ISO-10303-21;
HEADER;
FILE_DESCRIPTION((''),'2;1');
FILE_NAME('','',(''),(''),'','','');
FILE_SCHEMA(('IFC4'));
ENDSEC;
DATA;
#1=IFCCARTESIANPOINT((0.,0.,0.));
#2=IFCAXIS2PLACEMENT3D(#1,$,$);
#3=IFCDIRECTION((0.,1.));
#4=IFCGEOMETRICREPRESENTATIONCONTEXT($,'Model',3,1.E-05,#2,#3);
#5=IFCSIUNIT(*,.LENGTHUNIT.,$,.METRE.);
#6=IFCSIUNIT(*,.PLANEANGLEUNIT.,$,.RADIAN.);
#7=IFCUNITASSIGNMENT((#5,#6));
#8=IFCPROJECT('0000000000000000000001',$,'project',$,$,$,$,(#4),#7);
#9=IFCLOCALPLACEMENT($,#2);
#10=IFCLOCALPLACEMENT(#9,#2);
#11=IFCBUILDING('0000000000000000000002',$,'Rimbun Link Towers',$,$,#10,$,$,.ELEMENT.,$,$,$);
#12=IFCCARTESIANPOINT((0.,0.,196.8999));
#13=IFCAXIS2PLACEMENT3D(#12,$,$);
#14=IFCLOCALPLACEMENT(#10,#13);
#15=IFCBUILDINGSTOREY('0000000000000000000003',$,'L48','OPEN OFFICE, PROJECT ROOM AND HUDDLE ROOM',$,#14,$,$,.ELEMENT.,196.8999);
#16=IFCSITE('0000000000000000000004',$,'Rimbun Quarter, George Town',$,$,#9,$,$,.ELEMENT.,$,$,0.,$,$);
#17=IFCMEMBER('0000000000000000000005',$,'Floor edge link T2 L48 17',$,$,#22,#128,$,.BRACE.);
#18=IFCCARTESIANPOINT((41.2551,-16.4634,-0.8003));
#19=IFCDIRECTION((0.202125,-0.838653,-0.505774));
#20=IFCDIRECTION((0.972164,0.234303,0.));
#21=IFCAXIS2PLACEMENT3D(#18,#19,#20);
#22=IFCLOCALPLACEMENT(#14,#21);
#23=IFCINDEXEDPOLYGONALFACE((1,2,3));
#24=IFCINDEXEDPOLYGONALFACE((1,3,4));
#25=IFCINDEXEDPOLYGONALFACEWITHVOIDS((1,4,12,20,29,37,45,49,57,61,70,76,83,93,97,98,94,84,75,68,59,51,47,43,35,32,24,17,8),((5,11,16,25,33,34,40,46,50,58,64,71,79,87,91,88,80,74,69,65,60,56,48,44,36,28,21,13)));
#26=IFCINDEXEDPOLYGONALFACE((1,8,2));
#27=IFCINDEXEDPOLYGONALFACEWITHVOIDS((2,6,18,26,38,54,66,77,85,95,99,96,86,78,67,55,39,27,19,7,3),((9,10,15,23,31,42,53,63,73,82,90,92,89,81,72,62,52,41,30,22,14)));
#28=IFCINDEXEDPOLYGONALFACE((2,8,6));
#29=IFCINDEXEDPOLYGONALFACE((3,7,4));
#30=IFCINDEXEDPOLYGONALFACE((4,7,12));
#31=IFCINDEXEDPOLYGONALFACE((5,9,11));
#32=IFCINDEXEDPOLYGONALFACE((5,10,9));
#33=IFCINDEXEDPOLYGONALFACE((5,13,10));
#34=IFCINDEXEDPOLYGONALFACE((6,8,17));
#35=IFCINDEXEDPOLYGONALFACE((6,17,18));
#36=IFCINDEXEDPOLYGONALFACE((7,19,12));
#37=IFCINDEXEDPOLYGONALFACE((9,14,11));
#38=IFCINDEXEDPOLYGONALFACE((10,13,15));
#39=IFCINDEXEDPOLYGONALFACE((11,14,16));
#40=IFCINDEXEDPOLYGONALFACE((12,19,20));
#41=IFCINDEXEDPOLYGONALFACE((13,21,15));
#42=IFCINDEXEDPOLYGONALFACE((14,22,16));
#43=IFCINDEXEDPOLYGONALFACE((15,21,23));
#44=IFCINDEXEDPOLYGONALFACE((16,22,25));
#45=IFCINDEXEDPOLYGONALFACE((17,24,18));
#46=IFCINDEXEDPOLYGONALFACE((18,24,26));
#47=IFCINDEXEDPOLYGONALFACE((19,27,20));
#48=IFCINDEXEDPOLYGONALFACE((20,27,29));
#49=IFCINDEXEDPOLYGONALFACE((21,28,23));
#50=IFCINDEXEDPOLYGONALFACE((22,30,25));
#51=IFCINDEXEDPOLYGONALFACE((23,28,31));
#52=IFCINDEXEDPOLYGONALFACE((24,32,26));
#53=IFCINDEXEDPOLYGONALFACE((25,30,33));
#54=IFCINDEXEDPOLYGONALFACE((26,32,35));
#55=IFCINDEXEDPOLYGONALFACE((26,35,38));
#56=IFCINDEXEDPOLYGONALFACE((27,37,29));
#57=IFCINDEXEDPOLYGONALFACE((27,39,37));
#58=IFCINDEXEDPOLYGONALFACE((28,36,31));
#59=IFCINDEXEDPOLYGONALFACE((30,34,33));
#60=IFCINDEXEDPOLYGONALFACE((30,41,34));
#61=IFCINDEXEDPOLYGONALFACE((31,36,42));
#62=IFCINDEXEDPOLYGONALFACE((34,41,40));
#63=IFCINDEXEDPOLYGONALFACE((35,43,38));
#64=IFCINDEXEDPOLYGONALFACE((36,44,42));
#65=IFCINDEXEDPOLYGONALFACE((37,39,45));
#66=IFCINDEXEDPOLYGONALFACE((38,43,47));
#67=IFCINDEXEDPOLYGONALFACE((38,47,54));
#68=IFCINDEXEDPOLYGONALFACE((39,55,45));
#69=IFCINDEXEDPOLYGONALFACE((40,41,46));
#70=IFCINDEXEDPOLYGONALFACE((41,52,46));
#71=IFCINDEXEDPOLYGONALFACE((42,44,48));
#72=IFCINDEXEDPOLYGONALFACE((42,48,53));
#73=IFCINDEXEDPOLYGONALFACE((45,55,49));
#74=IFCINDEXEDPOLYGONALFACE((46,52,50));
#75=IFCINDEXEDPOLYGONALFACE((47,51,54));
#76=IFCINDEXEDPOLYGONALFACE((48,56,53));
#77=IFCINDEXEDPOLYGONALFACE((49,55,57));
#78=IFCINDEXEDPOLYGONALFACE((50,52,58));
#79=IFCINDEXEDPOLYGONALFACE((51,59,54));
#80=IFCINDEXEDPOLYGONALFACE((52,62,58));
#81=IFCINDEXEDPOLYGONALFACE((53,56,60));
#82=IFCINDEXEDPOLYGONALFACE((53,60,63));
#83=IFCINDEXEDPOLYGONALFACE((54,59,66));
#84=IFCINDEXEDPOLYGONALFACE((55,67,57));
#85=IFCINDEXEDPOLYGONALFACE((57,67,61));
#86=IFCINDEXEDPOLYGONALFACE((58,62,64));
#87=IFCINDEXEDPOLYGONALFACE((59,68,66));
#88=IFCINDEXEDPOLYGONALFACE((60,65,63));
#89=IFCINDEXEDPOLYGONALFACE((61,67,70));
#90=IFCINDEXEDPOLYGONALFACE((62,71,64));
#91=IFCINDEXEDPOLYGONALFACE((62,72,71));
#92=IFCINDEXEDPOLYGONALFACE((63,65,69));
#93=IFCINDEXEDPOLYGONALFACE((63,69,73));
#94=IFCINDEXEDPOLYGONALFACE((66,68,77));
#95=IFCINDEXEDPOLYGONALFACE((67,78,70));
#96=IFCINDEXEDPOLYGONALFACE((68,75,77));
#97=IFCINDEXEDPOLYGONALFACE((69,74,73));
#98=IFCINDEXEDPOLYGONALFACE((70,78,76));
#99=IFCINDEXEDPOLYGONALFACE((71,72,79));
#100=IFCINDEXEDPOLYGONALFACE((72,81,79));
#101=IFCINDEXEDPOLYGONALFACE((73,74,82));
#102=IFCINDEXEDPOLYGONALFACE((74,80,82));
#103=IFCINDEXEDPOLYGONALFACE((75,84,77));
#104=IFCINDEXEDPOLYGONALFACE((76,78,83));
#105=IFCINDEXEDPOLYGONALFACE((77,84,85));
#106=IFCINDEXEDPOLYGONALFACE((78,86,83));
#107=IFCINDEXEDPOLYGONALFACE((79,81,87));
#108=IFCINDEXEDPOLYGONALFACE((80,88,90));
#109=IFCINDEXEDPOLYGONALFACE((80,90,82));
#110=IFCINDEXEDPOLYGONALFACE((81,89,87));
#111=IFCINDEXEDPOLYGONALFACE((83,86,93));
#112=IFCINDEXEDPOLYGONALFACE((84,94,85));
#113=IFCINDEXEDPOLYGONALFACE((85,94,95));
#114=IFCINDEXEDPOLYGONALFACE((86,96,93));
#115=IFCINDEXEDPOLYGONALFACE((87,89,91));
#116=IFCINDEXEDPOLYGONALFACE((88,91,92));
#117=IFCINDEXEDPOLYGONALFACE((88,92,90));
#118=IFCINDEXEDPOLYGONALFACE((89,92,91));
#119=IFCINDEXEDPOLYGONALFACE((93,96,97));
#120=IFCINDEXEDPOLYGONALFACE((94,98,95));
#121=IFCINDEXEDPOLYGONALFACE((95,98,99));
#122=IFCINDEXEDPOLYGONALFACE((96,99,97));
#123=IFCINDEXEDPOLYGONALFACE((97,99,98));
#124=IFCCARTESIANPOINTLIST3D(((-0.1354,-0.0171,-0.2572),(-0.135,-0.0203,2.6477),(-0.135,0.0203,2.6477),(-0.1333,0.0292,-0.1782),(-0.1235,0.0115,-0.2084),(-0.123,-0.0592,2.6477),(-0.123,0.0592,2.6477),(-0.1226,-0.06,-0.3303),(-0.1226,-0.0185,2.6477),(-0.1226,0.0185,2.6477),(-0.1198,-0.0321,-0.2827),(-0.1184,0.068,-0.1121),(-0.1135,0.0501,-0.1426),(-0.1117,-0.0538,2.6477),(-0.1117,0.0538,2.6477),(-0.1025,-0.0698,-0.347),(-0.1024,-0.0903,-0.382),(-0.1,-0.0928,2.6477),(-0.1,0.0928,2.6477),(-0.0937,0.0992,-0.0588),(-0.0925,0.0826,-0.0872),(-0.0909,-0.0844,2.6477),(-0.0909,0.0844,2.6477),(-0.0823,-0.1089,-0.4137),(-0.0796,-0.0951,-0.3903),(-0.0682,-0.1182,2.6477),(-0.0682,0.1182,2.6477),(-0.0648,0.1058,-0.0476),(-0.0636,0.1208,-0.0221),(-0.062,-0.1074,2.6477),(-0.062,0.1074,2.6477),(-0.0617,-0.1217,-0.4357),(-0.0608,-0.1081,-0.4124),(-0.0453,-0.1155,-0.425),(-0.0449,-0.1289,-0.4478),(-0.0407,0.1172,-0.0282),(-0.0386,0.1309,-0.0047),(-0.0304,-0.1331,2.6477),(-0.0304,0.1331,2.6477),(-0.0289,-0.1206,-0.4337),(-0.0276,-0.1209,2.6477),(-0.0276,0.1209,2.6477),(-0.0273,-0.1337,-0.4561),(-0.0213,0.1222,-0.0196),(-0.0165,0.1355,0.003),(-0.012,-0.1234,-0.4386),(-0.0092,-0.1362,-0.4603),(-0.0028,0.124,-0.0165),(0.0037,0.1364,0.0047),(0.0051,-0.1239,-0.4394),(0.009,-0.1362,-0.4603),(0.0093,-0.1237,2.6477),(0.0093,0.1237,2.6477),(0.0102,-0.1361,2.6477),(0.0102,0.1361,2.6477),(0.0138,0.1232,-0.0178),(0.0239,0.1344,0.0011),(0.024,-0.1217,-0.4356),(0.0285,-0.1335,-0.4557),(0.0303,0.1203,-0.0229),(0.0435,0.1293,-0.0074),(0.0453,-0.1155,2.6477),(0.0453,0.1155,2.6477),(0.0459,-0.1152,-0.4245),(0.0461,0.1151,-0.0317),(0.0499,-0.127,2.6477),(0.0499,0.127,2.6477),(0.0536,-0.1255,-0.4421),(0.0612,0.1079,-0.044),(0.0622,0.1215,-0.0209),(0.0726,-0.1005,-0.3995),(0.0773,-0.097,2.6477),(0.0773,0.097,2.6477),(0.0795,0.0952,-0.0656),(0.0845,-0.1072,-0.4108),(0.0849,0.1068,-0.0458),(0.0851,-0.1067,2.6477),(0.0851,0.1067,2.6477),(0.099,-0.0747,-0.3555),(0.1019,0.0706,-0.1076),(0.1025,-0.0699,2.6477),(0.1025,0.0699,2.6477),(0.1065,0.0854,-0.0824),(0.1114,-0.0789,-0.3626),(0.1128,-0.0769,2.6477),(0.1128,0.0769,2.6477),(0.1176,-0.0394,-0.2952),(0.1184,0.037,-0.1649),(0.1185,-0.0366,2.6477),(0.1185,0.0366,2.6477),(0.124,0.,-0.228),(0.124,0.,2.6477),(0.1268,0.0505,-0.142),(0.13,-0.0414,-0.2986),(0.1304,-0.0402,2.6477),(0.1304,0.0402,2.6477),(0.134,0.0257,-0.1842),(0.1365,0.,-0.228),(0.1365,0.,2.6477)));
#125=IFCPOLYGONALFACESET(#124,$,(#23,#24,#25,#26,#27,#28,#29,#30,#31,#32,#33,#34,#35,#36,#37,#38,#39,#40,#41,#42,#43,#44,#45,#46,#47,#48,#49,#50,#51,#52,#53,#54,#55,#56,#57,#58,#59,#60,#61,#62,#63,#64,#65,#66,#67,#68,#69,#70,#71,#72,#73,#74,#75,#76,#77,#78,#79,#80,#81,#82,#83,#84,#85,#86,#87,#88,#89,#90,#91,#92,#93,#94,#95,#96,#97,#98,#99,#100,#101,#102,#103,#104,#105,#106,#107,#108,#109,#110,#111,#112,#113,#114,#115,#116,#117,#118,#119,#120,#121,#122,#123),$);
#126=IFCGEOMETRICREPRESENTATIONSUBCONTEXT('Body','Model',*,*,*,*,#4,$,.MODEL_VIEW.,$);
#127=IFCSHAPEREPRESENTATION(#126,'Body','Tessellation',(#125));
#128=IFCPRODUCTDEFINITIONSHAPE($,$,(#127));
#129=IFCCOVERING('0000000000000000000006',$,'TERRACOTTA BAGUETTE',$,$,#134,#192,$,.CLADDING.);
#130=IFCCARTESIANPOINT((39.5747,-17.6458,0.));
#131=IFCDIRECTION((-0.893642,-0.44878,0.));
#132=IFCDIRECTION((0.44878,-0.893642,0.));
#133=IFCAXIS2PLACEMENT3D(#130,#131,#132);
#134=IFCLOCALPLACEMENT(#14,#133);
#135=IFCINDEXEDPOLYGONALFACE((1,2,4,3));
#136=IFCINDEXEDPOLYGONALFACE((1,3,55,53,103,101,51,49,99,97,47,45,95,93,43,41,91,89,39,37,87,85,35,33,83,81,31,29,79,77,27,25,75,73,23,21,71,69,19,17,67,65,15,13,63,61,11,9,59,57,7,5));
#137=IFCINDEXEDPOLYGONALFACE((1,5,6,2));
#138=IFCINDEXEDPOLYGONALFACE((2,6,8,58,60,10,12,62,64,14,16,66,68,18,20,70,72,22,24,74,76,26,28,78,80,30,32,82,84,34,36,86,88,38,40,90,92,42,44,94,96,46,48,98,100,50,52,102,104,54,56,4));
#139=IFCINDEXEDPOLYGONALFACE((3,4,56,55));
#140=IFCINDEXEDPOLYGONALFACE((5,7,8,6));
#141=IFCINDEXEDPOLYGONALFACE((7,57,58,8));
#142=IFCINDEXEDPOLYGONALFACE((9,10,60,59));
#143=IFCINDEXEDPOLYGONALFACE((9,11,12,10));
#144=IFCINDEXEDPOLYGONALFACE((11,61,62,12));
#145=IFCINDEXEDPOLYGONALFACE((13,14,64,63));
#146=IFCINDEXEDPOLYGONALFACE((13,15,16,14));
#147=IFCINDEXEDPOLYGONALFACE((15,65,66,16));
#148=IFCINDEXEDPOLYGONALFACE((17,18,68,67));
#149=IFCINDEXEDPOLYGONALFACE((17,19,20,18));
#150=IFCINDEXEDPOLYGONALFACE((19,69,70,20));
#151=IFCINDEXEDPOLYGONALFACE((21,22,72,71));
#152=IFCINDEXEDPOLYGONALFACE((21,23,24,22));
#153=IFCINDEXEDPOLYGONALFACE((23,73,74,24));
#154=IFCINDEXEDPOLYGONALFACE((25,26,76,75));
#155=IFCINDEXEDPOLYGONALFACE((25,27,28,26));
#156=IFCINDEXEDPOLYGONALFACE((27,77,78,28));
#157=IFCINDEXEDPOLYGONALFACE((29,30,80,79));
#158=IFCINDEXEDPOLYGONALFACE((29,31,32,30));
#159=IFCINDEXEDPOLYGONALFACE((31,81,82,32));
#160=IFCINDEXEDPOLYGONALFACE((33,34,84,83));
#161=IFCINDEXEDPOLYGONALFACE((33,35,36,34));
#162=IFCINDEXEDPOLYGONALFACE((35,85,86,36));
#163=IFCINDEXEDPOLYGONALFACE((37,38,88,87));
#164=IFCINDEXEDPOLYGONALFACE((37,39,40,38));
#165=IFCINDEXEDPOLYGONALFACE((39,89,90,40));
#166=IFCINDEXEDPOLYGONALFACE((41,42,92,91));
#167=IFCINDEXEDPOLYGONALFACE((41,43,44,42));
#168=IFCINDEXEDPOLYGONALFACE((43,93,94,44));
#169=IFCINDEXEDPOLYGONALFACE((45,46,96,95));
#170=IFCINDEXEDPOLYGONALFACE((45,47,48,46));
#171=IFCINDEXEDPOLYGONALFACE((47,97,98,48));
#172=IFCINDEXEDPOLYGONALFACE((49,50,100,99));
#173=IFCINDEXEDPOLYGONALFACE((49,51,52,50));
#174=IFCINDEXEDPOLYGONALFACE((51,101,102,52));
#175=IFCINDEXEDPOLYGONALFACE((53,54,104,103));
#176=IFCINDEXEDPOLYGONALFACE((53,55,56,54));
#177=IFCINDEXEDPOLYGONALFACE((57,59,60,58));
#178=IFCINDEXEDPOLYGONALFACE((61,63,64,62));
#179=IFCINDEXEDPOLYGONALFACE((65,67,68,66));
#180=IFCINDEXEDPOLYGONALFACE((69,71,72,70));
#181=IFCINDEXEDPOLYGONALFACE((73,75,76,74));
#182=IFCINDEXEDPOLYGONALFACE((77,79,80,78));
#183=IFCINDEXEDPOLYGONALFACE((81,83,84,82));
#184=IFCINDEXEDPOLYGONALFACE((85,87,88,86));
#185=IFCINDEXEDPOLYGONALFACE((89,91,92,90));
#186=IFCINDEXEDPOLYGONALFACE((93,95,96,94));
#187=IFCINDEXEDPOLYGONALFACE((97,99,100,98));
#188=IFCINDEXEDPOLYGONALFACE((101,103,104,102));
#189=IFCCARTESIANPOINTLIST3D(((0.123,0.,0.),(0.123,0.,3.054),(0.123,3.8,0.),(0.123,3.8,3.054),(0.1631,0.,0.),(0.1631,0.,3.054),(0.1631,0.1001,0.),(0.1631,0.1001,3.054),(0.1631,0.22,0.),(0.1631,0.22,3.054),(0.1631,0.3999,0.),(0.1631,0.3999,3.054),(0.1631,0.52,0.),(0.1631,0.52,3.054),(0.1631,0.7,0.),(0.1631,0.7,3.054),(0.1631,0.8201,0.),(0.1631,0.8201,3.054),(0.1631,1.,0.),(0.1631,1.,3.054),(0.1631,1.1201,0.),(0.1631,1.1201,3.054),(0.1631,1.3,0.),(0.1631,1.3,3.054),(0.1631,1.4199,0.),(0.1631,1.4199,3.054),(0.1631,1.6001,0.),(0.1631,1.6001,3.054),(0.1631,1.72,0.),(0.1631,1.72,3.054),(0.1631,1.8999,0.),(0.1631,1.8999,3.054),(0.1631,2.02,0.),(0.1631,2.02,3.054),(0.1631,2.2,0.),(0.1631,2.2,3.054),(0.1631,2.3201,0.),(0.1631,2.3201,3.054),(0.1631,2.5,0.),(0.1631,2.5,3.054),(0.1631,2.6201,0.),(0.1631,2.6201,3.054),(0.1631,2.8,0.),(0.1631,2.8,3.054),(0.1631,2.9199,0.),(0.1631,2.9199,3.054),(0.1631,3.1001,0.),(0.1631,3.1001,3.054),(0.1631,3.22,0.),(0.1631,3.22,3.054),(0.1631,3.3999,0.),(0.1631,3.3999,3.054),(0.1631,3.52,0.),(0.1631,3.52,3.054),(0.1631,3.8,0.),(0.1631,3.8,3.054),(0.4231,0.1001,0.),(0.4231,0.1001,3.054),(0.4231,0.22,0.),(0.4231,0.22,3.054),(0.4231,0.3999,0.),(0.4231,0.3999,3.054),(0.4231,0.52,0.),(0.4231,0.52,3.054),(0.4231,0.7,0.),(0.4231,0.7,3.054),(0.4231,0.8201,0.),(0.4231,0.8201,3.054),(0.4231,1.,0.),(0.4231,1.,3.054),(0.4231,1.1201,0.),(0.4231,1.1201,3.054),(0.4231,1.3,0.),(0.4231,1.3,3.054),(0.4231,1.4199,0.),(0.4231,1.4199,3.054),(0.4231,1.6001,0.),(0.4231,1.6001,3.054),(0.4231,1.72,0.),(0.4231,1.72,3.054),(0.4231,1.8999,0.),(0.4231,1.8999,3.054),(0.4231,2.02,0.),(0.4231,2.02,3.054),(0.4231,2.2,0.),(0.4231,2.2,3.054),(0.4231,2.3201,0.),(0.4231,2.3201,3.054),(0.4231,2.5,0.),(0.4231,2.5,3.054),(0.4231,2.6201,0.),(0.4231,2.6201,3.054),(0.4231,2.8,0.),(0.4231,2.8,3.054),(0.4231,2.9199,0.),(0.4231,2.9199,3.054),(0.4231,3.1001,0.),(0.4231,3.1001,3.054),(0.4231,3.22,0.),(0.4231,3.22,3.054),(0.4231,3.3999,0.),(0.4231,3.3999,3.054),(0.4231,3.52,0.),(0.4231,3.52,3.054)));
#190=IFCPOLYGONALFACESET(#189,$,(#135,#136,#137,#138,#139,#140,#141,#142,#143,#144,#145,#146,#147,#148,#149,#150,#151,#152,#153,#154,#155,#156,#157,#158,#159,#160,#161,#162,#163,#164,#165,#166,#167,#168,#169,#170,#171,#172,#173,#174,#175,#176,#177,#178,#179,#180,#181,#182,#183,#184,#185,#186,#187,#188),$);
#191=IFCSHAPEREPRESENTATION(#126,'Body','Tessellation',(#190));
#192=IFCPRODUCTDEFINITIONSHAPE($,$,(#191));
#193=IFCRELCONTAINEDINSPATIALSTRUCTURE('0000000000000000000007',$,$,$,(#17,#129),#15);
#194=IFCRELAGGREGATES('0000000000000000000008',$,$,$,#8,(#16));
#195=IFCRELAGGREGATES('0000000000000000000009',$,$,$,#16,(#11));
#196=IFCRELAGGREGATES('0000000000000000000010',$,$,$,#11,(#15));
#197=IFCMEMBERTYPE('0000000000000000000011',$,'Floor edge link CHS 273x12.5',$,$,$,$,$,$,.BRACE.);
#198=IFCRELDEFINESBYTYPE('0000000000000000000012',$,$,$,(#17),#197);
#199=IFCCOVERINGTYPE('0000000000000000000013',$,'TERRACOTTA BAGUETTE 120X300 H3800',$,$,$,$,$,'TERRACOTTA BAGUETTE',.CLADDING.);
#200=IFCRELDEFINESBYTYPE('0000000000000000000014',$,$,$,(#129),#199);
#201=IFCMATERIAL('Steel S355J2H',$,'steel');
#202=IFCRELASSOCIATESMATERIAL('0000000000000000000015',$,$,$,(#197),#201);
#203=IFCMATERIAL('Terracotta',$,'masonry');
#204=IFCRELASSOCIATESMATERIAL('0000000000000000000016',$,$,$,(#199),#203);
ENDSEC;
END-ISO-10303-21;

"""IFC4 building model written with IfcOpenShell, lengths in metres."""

from ifc_helpers import new_model, si_unit, direction, frame, origin, origin_2d, place, context, subcontext, project, spatial, polyline, hollow_circle, outline, extrude, clip, halfspace, material, material_profile, profile_set, type_object, element, save


model = new_model("IFC4")

# Units and contexts
model_context = context("Model", 3, precision=1e-05, world=origin(), true_north=direction((0.0, 1.0)))
body_context = subcontext(model_context, "Body", "Model", "MODEL_VIEW")
ifc_project = project(units=[si_unit("LENGTHUNIT", "METRE"), si_unit("PLANEANGLEUNIT", "RADIAN")], contexts=[model_context])

# Site, building, storey
site_placement = place(None, origin())
site = spatial("IfcSite", under=ifc_project, at=site_placement, Name="Rimbun Quarter, George Town", CompositionType="ELEMENT", RefElevation=0.0)
building_placement = place(site_placement, origin())
building = spatial("IfcBuilding", under=site, at=building_placement, Name="Rimbun Link Towers", CompositionType="ELEMENT")
storey_placement = place(building_placement, frame((0.0, 0.0, 196.8999)))
storey = spatial("IfcBuildingStorey", under=building, at=storey_placement, Name="L48", Description="OPEN OFFICE, PROJECT ROOM AND HUDDLE ROOM", CompositionType="ELEMENT", Elevation=196.8999)

# Member
ifc_material_1 = material(Name="Steel S355J2H", Category="steel")
ifc_material_profile_1 = material_profile(ifc_material_1, hollow_circle(Radius=0.1365, WallThickness=0.0125, at=origin_2d()), Name="CHS 273x12.5")
ifc_profile_set_1 = profile_set([ifc_material_profile_1], Name="Steel S355J2H")
member_type_1 = type_object("IfcMemberType", Name="Floor edge link CHS 273x12.5", PredefinedType="BRACE", material=ifc_profile_set_1)
member_1_placement = place(storey_placement, frame((41.2551, -16.4634, -0.8003), z_axis=(0.202125, -0.838653, -0.505774), x_axis=(0.972164, 0.234303, 0.0)))
element("IfcMember", 1, at=member_1_placement, inside=storey, type_object=member_type_1, Name="Floor edge link T2 L48 17", PredefinedType="BRACE", context=body_context, shape_type="Clipping", body=[
    clip(extrude(hollow_circle(Radius=0.1365, WallThickness=0.0125, at=origin_2d()), frame((0.0, 0.0, -0.4854)), (0.0, 0.0, 1.0), 3.1331), halfspace(frame((0.0, 0.0, -0.228), z_axis=(0.0, 0.862666, -0.505774)), False)),
])

# Covering
ifc_material_2 = material(Name="Terracotta", Category="masonry")
ifc_material_profile_2 = material_profile(ifc_material_2, outline(polyline([(0.123, 0.0), (0.1631, 0.0), (0.1631, 0.1001), (0.4231, 0.1001), (0.4231, 0.22), (0.1631, 0.22), (0.1631, 0.3999), (0.4231, 0.3999), (0.4231, 0.52), (0.1631, 0.52), (0.1631, 0.7), (0.4231, 0.7), (0.4231, 0.8201), (0.1631, 0.8201), (0.1631, 1.0), (0.4231, 1.0), (0.4231, 1.1201), (0.1631, 1.1201), (0.1631, 1.3), (0.4231, 1.3), (0.4231, 1.4199), (0.1631, 1.4199), (0.1631, 1.6001), (0.4231, 1.6001), (0.4231, 1.72), (0.1631, 1.72), (0.1631, 1.8999), (0.4231, 1.8999), (0.4231, 2.02), (0.1631, 2.02), (0.1631, 2.2), (0.4231, 2.2), (0.4231, 2.3201), (0.1631, 2.3201), (0.1631, 2.5), (0.4231, 2.5), (0.4231, 2.6201), (0.1631, 2.6201), (0.1631, 2.8), (0.4231, 2.8), (0.4231, 2.9199), (0.1631, 2.9199), (0.1631, 3.1001), (0.4231, 3.1001), (0.4231, 3.22), (0.1631, 3.22), (0.1631, 3.3999), (0.4231, 3.3999), (0.4231, 3.52), (0.1631, 3.52), (0.1631, 3.8), (0.123, 3.8), (0.123, 0.0)])), Name="BAGUETTE 120X300")
ifc_profile_set_2 = profile_set([ifc_material_profile_2], Name="Terracotta")
covering_type = type_object("IfcCoveringType", Name="TERRACOTTA BAGUETTE 120X300 H3800", ElementType="TERRACOTTA BAGUETTE", PredefinedType="CLADDING", material=ifc_profile_set_2)
covering_placement = place(storey_placement, frame((39.5747, -17.6458, 0.0), z_axis=(-0.893642, -0.44878, 0.0), x_axis=(0.44878, -0.893642, 0.0)))
element("IfcCovering", 2, at=covering_placement, inside=storey, type_object=covering_type, Name="TERRACOTTA BAGUETTE", PredefinedType="CLADDING", context=body_context, shape_type="SweptSolid", body=[
    extrude(outline(polyline([(0.123, 0.0), (0.1631, 0.0), (0.1631, 0.1001), (0.4231, 0.1001), (0.4231, 0.22), (0.1631, 0.22), (0.1631, 0.3999), (0.4231, 0.3999), (0.4231, 0.52), (0.1631, 0.52), (0.1631, 0.7), (0.4231, 0.7), (0.4231, 0.8201), (0.1631, 0.8201), (0.1631, 1.0), (0.4231, 1.0), (0.4231, 1.1201), (0.1631, 1.1201), (0.1631, 1.3), (0.4231, 1.3), (0.4231, 1.4199), (0.1631, 1.4199), (0.1631, 1.6001), (0.4231, 1.6001), (0.4231, 1.72), (0.1631, 1.72), (0.1631, 1.8999), (0.4231, 1.8999), (0.4231, 2.02), (0.1631, 2.02), (0.1631, 2.2), (0.4231, 2.2), (0.4231, 2.3201), (0.1631, 2.3201), (0.1631, 2.5), (0.4231, 2.5), (0.4231, 2.6201), (0.1631, 2.6201), (0.1631, 2.8), (0.4231, 2.8), (0.4231, 2.9199), (0.1631, 2.9199), (0.1631, 3.1001), (0.4231, 3.1001), (0.4231, 3.22), (0.1631, 3.22), (0.1631, 3.3999), (0.4231, 3.3999), (0.4231, 3.52), (0.1631, 3.52), (0.1631, 3.8), (0.123, 3.8), (0.123, 0.0)])), origin(), (0.0, 0.0, 1.0), 3.054),
])

save(model, "model.ifc")
